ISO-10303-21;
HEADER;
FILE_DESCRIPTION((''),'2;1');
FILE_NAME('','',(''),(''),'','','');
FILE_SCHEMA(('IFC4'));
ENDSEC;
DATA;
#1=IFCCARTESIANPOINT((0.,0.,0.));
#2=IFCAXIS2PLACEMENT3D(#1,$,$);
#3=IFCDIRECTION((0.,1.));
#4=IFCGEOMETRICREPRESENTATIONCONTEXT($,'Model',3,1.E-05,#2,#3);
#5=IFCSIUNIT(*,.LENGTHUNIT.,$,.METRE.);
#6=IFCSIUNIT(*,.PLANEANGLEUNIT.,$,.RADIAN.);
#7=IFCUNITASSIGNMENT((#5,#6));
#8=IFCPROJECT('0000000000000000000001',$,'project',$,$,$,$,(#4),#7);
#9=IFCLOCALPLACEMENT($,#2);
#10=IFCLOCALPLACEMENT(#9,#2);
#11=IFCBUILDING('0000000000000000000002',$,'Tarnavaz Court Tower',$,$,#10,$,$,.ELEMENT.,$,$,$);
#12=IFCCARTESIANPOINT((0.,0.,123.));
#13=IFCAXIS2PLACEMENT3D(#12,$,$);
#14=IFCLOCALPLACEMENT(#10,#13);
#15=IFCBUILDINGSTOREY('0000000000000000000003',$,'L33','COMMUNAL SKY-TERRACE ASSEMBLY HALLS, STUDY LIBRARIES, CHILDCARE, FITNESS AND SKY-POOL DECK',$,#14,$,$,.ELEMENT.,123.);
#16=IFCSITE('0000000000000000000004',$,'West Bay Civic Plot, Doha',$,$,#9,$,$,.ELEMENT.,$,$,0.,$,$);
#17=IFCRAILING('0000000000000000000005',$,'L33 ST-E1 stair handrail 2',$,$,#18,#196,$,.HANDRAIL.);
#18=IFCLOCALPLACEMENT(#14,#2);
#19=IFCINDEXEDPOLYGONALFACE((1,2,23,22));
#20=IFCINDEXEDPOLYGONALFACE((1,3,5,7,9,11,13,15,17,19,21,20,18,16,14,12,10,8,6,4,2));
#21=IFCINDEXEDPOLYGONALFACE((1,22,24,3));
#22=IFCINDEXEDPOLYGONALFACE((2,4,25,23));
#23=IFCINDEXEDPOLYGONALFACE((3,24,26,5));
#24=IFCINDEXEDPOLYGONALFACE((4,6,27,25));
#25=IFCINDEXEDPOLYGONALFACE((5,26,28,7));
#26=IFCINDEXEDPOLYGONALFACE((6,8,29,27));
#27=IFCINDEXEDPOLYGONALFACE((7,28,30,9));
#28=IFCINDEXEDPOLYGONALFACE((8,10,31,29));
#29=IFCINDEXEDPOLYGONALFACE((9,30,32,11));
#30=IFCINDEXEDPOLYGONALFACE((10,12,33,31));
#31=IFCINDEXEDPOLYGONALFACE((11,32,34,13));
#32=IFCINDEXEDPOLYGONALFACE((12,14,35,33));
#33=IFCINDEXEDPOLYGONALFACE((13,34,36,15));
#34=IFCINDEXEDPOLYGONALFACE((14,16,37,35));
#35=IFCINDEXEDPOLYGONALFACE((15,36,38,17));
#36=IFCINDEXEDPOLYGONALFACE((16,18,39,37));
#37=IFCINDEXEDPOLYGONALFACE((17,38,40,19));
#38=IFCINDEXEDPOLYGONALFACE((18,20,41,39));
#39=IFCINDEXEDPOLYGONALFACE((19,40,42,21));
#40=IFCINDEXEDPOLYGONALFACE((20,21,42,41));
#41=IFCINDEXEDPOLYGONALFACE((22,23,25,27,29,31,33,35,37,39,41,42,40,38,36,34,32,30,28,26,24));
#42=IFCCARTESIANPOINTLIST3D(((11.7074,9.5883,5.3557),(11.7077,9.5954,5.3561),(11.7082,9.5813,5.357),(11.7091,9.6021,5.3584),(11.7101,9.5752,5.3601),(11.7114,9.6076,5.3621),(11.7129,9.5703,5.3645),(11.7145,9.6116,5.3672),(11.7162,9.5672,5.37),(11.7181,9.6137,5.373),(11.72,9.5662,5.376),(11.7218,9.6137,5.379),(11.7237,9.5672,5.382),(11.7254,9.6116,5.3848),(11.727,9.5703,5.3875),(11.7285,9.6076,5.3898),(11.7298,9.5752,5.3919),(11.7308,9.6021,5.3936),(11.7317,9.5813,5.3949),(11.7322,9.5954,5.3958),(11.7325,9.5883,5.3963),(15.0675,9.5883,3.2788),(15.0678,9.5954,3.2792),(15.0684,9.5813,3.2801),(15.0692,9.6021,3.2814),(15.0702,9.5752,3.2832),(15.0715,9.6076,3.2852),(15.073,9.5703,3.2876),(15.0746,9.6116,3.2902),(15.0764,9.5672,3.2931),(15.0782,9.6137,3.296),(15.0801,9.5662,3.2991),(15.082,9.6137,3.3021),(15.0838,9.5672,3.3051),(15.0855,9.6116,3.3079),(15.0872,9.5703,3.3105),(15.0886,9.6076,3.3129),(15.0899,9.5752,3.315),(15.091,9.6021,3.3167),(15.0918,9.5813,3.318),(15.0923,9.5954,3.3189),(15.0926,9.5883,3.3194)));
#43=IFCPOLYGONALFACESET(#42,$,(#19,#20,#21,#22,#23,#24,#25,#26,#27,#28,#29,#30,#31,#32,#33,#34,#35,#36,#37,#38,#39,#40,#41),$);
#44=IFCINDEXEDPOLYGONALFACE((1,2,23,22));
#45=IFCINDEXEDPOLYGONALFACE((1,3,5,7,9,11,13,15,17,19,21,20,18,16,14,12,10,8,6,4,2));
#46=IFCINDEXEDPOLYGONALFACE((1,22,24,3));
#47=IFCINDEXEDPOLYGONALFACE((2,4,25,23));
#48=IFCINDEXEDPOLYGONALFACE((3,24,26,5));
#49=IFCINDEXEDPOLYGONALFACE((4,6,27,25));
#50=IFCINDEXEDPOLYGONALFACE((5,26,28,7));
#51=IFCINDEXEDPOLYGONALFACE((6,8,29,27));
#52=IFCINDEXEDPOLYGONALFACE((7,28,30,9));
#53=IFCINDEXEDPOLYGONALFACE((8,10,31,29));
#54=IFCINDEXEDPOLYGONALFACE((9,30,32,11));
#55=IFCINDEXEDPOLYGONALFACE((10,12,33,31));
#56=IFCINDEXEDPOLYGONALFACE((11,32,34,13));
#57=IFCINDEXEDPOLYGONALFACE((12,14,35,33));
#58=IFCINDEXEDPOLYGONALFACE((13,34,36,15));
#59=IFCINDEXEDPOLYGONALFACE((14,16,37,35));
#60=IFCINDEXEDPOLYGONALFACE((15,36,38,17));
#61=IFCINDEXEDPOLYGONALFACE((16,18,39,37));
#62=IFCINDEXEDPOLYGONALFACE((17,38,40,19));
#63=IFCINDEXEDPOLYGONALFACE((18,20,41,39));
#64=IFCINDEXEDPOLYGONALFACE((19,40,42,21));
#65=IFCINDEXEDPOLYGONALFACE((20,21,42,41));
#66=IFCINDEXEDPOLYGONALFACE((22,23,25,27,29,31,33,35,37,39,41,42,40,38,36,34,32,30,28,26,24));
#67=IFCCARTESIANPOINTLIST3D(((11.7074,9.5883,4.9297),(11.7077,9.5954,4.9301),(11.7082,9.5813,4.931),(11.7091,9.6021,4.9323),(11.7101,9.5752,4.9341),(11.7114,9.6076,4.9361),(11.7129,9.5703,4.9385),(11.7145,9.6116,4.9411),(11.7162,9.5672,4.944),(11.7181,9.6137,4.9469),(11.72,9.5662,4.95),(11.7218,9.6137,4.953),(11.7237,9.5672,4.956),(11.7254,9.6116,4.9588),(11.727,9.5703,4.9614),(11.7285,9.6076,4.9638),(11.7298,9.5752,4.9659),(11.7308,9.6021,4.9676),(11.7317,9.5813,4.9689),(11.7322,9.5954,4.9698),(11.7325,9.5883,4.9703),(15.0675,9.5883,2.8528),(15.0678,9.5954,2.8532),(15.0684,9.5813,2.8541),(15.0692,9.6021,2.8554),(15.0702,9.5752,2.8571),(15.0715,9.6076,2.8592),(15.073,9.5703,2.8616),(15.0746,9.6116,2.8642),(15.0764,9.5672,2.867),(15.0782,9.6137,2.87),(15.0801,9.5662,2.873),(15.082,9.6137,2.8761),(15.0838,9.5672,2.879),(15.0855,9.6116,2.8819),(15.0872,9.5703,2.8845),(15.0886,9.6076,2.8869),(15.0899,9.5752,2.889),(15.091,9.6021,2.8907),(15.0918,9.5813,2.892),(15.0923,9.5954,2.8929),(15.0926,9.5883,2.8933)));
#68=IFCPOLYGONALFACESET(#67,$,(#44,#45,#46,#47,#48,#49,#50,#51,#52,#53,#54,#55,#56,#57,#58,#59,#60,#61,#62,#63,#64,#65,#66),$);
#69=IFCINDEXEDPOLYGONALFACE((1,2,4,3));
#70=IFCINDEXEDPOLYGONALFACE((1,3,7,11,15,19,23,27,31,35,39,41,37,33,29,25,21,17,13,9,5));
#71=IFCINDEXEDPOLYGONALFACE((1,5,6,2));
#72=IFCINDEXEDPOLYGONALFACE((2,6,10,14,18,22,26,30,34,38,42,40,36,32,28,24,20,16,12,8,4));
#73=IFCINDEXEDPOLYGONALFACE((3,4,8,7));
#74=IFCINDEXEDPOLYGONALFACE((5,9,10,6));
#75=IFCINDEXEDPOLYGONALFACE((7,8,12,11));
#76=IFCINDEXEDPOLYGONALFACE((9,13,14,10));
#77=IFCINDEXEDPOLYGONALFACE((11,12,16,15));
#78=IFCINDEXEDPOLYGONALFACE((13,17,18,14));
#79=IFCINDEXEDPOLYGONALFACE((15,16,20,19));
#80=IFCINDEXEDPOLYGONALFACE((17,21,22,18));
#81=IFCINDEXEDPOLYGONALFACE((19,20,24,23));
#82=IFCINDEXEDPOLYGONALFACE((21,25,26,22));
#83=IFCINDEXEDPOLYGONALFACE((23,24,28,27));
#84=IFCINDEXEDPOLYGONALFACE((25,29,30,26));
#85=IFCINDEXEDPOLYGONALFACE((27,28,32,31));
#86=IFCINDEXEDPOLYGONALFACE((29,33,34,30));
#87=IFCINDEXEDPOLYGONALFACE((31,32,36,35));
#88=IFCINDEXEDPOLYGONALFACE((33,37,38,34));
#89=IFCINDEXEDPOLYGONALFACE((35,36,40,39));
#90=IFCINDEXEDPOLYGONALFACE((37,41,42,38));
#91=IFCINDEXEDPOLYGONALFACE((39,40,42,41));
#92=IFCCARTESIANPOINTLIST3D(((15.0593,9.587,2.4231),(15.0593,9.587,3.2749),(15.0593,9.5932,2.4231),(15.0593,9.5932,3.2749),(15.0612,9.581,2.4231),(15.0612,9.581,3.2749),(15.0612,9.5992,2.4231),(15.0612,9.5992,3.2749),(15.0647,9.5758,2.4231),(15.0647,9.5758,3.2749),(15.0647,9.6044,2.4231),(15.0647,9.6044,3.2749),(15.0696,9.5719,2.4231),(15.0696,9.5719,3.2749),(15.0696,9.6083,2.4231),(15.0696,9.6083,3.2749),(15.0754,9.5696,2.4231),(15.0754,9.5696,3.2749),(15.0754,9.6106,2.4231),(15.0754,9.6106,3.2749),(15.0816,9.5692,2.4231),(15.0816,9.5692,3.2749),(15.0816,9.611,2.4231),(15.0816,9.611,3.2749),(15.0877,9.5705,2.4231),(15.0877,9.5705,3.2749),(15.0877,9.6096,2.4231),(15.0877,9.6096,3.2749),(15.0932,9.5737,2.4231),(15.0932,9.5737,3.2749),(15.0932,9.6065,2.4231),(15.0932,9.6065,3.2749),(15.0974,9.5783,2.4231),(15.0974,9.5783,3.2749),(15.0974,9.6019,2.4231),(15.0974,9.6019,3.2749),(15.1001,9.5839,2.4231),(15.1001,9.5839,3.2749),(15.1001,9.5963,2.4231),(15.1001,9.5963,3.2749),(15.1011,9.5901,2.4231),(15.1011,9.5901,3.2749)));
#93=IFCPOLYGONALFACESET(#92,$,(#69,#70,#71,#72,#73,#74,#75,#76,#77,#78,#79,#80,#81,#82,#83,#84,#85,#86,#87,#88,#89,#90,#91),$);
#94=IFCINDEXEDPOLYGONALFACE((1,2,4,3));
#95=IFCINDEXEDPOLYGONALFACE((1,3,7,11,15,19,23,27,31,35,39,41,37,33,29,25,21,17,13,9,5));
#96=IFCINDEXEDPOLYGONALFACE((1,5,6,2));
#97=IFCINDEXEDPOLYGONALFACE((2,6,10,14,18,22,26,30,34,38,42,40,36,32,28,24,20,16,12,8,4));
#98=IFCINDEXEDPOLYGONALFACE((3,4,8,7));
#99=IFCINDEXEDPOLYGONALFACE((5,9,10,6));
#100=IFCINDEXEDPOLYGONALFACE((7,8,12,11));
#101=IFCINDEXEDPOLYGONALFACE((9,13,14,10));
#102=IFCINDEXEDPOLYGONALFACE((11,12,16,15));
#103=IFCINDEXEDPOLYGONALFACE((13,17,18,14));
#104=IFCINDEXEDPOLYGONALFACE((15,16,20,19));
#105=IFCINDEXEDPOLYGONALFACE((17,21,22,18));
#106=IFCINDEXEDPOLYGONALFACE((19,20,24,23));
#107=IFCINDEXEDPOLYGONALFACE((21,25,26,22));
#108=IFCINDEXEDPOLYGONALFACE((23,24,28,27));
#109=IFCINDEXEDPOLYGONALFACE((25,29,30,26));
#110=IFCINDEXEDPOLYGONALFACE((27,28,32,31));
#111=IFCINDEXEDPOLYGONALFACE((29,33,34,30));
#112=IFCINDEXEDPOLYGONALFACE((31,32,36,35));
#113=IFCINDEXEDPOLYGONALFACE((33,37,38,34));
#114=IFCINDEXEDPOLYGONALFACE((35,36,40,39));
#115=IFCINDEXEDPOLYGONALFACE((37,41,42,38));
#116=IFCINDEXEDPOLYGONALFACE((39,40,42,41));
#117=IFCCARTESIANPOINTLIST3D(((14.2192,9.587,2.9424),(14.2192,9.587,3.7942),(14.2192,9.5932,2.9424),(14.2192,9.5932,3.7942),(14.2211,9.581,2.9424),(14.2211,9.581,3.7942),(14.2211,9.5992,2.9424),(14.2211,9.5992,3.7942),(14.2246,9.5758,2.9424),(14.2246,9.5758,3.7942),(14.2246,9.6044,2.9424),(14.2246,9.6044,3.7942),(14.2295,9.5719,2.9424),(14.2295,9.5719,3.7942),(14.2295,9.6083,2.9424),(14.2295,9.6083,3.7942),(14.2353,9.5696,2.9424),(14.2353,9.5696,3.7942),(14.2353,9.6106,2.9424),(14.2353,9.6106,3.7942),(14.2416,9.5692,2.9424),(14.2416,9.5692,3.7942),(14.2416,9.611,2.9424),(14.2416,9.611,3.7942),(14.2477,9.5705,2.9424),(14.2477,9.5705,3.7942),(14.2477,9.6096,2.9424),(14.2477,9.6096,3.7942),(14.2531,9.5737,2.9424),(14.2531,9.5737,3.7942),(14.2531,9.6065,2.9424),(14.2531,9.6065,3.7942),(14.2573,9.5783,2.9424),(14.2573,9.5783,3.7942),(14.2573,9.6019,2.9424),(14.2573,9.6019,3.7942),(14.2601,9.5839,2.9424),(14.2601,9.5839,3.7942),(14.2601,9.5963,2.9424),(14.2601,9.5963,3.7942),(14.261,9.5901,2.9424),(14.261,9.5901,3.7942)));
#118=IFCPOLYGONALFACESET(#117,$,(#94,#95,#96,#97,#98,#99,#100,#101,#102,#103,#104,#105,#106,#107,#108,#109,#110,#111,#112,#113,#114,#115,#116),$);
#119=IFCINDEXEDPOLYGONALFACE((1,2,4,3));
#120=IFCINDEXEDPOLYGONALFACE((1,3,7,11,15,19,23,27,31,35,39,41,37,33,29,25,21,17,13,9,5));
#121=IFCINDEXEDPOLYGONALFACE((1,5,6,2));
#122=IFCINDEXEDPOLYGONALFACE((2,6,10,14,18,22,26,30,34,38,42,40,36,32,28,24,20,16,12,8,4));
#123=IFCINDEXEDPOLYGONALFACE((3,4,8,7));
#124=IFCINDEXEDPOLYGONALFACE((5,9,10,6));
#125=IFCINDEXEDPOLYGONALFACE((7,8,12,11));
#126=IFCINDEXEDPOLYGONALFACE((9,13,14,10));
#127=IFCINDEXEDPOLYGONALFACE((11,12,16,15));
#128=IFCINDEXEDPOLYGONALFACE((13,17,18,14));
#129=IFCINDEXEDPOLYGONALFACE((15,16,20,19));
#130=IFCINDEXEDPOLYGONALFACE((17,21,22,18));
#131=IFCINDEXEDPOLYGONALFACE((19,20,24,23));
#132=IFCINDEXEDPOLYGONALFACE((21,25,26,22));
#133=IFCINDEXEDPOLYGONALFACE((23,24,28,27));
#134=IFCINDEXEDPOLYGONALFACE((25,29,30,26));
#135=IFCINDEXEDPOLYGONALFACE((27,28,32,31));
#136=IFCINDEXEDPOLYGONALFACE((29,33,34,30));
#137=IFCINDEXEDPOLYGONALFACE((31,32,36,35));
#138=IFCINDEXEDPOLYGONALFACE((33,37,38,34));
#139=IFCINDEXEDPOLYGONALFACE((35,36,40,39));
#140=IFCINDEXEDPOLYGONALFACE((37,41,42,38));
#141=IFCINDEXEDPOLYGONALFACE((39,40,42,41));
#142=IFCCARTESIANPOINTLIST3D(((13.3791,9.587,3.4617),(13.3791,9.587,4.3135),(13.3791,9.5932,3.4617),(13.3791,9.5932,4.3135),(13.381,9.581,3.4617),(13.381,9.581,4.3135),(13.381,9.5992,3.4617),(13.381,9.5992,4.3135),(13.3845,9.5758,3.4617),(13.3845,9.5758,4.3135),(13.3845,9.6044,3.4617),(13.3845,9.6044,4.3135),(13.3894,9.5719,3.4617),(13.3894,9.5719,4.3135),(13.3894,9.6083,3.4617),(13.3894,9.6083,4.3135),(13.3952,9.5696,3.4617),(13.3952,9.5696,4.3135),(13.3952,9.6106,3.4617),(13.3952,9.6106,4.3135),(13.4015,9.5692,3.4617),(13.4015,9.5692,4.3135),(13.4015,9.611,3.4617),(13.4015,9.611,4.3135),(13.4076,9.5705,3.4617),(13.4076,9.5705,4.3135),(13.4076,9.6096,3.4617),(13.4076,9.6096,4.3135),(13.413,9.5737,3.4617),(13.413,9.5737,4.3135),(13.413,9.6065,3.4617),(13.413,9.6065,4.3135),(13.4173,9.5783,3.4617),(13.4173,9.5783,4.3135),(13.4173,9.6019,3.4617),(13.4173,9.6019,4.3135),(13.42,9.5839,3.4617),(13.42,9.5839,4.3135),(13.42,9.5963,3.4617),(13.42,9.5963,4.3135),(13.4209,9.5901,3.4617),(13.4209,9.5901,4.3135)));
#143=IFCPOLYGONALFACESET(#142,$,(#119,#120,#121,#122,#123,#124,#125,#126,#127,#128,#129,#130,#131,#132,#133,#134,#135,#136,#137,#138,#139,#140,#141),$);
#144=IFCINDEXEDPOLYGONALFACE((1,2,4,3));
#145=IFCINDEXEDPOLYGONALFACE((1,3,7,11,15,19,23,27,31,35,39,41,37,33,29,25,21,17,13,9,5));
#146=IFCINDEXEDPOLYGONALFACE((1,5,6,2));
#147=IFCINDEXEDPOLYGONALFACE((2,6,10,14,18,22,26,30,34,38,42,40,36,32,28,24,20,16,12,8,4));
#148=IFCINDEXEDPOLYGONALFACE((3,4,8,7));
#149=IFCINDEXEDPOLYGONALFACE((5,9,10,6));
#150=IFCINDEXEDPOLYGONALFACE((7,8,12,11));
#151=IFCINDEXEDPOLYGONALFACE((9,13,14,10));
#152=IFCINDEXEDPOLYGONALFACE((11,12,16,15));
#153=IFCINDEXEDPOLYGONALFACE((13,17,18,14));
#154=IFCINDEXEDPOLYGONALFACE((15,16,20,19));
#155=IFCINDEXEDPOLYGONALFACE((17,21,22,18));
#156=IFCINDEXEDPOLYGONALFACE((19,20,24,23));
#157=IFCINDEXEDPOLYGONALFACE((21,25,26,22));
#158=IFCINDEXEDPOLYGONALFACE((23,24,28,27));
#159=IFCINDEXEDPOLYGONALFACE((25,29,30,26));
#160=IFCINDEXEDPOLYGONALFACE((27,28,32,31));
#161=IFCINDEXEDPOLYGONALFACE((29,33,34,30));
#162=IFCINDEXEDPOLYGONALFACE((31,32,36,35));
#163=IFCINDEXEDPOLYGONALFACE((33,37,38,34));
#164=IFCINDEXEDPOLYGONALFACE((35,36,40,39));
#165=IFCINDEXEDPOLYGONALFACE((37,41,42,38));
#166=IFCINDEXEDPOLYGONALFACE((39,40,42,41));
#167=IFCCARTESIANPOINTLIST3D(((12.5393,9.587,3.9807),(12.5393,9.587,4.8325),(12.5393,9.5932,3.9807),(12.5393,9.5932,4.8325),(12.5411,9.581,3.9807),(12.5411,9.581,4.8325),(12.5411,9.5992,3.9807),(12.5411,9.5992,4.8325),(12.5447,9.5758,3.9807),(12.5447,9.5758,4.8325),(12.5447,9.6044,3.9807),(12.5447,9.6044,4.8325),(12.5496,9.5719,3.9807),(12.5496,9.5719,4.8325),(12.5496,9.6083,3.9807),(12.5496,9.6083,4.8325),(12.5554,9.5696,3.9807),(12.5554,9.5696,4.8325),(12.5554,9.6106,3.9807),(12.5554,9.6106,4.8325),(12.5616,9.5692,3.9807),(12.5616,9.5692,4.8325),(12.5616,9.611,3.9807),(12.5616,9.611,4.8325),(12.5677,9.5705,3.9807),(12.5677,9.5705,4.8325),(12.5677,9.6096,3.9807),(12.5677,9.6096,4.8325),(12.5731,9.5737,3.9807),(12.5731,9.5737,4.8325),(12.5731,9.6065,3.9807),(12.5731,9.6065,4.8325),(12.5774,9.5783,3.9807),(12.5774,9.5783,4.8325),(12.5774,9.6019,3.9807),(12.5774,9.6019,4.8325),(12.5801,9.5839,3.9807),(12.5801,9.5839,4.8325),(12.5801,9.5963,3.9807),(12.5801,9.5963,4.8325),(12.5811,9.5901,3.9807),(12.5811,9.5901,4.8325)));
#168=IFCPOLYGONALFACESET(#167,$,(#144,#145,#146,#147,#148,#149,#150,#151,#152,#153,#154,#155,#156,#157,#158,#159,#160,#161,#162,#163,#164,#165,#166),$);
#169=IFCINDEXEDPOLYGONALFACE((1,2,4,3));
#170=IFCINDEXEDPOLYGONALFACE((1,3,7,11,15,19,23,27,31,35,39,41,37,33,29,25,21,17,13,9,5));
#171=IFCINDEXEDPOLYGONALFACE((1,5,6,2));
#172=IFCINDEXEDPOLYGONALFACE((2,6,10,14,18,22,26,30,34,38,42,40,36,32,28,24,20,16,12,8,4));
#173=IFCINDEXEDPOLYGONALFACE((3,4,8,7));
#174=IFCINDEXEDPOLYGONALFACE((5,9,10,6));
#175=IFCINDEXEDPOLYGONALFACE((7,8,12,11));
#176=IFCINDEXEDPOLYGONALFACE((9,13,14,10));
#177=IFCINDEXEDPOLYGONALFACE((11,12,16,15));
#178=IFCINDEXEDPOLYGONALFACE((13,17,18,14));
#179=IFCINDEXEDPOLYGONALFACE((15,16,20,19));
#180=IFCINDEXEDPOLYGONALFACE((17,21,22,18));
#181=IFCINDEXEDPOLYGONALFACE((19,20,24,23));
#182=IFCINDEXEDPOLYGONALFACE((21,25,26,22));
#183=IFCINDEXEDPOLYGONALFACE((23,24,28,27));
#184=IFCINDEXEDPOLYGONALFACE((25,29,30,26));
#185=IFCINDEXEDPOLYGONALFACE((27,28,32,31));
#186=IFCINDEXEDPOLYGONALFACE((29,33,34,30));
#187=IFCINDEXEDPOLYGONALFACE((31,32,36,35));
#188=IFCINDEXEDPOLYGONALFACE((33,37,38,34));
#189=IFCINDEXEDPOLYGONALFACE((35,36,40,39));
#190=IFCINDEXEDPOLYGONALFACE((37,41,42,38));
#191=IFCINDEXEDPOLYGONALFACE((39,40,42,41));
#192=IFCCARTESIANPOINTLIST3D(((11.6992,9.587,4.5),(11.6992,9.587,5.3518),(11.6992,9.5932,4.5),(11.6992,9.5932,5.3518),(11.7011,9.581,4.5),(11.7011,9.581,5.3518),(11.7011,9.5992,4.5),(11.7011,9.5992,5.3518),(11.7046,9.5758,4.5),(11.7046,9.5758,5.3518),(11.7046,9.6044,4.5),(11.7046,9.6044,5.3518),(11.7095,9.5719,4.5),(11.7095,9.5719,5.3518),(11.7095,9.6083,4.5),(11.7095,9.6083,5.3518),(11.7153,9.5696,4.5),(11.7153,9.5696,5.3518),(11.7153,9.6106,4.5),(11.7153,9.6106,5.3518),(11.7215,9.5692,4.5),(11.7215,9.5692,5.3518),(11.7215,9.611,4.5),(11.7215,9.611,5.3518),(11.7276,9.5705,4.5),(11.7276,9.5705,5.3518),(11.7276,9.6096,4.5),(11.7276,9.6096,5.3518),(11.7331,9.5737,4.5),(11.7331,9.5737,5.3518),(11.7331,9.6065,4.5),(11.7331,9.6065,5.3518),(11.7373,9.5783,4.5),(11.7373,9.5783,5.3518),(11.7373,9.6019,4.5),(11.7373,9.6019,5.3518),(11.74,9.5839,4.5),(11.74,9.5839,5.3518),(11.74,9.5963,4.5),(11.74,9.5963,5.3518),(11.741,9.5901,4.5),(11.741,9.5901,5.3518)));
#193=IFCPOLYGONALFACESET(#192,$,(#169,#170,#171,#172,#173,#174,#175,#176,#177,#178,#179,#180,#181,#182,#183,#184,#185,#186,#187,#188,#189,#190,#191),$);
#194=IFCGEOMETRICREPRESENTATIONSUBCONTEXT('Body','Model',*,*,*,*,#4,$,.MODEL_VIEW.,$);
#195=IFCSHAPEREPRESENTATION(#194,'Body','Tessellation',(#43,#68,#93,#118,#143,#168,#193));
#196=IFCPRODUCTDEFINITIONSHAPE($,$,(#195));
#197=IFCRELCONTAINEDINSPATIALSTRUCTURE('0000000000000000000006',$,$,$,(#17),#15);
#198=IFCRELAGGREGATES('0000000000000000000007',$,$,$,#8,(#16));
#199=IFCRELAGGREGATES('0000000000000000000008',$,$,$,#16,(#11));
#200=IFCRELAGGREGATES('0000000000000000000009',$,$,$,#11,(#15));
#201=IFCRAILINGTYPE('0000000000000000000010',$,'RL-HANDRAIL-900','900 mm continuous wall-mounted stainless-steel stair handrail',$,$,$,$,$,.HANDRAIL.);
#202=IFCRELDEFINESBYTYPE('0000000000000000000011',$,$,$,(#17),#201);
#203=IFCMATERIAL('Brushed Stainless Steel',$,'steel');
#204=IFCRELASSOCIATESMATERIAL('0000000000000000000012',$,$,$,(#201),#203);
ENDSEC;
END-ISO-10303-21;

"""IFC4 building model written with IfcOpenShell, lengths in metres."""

from ifc_helpers import new_model, si_unit, direction, frame, origin, origin_2d, place, context, subcontext, project, spatial, circle, extrude, material, type_object, element, save


model = new_model("IFC4")

# Units and contexts
model_context = context("Model", 3, precision=1e-05, world=origin(), true_north=direction((0.0, 1.0)))
body_context = subcontext(model_context, "Body", "Model", "MODEL_VIEW")
ifc_project = project(units=[si_unit("LENGTHUNIT", "METRE"), si_unit("PLANEANGLEUNIT", "RADIAN")], contexts=[model_context])

# Site, building, storey
site_placement = place(None, origin())
site = spatial("IfcSite", under=ifc_project, at=site_placement, Name="West Bay Civic Plot, Doha", CompositionType="ELEMENT", RefElevation=0.0)
building_placement = place(site_placement, origin())
building = spatial("IfcBuilding", under=site, at=building_placement, Name="Tarnavaz Court Tower", CompositionType="ELEMENT")
storey_placement = place(building_placement, frame((0.0, 0.0, 123.0)))
storey = spatial("IfcBuildingStorey", under=building, at=storey_placement, Name="L33", Description="COMMUNAL SKY-TERRACE ASSEMBLY HALLS, STUDY LIBRARIES, CHILDCARE, FITNESS AND SKY-POOL DECK", CompositionType="ELEMENT", Elevation=123.0)

# Railing
ifc_material_1 = material(Name="Brushed Stainless Steel", Category="steel")
railing_type_1 = type_object("IfcRailingType", Name="RL-HANDRAIL-900", Description="900 mm continuous wall-mounted stainless-steel stair handrail", PredefinedType="HANDRAIL", material=ifc_material_1)
railing_1_placement = place(storey_placement, frame((15.0801, 9.5901, 2.4231)))
element("IfcRailing", 1, at=railing_1_placement, inside=storey, type_object=railing_type_1, Name="L33 ST-E1 stair handrail 2", PredefinedType="HANDRAIL", context=body_context, shape_type="SweptSolid", body=[
    extrude(circle(Radius=0.0239, at=origin_2d()), frame((0.0, 0.0, 0.876), z_axis=(-0.850623, 0.0, 0.525776), x_axis=(0.0, -1.0, 0.0)), (0.0, 0.0, 1.0), 3.9502),
    extrude(circle(Radius=0.0239, at=origin_2d()), frame((0.0, 0.0, 0.45), z_axis=(-0.850623, 0.0, 0.525776), x_axis=(0.0, -1.0, 0.0)), (0.0, 0.0, 1.0), 3.9502),
    extrude(circle(Radius=0.021, at=origin_2d()), origin(), (0.0, 0.0, 1.0), 0.8518),
    extrude(circle(Radius=0.021, at=origin_2d()), frame((-0.8401, 0.0, 0.5193)), (0.0, 0.0, 1.0), 0.8518),
    extrude(circle(Radius=0.021, at=origin_2d()), frame((-1.6802, 0.0, 1.0386)), (0.0, 0.0, 1.0), 0.8518),
    extrude(circle(Radius=0.021, at=origin_2d()), frame((-2.52, 0.0, 1.5576)), (0.0, 0.0, 1.0), 0.8518),
    extrude(circle(Radius=0.021, at=origin_2d()), frame((-3.3601, 0.0, 2.0769)), (0.0, 0.0, 1.0), 0.8518),
])

save(model, "model.ifc")
